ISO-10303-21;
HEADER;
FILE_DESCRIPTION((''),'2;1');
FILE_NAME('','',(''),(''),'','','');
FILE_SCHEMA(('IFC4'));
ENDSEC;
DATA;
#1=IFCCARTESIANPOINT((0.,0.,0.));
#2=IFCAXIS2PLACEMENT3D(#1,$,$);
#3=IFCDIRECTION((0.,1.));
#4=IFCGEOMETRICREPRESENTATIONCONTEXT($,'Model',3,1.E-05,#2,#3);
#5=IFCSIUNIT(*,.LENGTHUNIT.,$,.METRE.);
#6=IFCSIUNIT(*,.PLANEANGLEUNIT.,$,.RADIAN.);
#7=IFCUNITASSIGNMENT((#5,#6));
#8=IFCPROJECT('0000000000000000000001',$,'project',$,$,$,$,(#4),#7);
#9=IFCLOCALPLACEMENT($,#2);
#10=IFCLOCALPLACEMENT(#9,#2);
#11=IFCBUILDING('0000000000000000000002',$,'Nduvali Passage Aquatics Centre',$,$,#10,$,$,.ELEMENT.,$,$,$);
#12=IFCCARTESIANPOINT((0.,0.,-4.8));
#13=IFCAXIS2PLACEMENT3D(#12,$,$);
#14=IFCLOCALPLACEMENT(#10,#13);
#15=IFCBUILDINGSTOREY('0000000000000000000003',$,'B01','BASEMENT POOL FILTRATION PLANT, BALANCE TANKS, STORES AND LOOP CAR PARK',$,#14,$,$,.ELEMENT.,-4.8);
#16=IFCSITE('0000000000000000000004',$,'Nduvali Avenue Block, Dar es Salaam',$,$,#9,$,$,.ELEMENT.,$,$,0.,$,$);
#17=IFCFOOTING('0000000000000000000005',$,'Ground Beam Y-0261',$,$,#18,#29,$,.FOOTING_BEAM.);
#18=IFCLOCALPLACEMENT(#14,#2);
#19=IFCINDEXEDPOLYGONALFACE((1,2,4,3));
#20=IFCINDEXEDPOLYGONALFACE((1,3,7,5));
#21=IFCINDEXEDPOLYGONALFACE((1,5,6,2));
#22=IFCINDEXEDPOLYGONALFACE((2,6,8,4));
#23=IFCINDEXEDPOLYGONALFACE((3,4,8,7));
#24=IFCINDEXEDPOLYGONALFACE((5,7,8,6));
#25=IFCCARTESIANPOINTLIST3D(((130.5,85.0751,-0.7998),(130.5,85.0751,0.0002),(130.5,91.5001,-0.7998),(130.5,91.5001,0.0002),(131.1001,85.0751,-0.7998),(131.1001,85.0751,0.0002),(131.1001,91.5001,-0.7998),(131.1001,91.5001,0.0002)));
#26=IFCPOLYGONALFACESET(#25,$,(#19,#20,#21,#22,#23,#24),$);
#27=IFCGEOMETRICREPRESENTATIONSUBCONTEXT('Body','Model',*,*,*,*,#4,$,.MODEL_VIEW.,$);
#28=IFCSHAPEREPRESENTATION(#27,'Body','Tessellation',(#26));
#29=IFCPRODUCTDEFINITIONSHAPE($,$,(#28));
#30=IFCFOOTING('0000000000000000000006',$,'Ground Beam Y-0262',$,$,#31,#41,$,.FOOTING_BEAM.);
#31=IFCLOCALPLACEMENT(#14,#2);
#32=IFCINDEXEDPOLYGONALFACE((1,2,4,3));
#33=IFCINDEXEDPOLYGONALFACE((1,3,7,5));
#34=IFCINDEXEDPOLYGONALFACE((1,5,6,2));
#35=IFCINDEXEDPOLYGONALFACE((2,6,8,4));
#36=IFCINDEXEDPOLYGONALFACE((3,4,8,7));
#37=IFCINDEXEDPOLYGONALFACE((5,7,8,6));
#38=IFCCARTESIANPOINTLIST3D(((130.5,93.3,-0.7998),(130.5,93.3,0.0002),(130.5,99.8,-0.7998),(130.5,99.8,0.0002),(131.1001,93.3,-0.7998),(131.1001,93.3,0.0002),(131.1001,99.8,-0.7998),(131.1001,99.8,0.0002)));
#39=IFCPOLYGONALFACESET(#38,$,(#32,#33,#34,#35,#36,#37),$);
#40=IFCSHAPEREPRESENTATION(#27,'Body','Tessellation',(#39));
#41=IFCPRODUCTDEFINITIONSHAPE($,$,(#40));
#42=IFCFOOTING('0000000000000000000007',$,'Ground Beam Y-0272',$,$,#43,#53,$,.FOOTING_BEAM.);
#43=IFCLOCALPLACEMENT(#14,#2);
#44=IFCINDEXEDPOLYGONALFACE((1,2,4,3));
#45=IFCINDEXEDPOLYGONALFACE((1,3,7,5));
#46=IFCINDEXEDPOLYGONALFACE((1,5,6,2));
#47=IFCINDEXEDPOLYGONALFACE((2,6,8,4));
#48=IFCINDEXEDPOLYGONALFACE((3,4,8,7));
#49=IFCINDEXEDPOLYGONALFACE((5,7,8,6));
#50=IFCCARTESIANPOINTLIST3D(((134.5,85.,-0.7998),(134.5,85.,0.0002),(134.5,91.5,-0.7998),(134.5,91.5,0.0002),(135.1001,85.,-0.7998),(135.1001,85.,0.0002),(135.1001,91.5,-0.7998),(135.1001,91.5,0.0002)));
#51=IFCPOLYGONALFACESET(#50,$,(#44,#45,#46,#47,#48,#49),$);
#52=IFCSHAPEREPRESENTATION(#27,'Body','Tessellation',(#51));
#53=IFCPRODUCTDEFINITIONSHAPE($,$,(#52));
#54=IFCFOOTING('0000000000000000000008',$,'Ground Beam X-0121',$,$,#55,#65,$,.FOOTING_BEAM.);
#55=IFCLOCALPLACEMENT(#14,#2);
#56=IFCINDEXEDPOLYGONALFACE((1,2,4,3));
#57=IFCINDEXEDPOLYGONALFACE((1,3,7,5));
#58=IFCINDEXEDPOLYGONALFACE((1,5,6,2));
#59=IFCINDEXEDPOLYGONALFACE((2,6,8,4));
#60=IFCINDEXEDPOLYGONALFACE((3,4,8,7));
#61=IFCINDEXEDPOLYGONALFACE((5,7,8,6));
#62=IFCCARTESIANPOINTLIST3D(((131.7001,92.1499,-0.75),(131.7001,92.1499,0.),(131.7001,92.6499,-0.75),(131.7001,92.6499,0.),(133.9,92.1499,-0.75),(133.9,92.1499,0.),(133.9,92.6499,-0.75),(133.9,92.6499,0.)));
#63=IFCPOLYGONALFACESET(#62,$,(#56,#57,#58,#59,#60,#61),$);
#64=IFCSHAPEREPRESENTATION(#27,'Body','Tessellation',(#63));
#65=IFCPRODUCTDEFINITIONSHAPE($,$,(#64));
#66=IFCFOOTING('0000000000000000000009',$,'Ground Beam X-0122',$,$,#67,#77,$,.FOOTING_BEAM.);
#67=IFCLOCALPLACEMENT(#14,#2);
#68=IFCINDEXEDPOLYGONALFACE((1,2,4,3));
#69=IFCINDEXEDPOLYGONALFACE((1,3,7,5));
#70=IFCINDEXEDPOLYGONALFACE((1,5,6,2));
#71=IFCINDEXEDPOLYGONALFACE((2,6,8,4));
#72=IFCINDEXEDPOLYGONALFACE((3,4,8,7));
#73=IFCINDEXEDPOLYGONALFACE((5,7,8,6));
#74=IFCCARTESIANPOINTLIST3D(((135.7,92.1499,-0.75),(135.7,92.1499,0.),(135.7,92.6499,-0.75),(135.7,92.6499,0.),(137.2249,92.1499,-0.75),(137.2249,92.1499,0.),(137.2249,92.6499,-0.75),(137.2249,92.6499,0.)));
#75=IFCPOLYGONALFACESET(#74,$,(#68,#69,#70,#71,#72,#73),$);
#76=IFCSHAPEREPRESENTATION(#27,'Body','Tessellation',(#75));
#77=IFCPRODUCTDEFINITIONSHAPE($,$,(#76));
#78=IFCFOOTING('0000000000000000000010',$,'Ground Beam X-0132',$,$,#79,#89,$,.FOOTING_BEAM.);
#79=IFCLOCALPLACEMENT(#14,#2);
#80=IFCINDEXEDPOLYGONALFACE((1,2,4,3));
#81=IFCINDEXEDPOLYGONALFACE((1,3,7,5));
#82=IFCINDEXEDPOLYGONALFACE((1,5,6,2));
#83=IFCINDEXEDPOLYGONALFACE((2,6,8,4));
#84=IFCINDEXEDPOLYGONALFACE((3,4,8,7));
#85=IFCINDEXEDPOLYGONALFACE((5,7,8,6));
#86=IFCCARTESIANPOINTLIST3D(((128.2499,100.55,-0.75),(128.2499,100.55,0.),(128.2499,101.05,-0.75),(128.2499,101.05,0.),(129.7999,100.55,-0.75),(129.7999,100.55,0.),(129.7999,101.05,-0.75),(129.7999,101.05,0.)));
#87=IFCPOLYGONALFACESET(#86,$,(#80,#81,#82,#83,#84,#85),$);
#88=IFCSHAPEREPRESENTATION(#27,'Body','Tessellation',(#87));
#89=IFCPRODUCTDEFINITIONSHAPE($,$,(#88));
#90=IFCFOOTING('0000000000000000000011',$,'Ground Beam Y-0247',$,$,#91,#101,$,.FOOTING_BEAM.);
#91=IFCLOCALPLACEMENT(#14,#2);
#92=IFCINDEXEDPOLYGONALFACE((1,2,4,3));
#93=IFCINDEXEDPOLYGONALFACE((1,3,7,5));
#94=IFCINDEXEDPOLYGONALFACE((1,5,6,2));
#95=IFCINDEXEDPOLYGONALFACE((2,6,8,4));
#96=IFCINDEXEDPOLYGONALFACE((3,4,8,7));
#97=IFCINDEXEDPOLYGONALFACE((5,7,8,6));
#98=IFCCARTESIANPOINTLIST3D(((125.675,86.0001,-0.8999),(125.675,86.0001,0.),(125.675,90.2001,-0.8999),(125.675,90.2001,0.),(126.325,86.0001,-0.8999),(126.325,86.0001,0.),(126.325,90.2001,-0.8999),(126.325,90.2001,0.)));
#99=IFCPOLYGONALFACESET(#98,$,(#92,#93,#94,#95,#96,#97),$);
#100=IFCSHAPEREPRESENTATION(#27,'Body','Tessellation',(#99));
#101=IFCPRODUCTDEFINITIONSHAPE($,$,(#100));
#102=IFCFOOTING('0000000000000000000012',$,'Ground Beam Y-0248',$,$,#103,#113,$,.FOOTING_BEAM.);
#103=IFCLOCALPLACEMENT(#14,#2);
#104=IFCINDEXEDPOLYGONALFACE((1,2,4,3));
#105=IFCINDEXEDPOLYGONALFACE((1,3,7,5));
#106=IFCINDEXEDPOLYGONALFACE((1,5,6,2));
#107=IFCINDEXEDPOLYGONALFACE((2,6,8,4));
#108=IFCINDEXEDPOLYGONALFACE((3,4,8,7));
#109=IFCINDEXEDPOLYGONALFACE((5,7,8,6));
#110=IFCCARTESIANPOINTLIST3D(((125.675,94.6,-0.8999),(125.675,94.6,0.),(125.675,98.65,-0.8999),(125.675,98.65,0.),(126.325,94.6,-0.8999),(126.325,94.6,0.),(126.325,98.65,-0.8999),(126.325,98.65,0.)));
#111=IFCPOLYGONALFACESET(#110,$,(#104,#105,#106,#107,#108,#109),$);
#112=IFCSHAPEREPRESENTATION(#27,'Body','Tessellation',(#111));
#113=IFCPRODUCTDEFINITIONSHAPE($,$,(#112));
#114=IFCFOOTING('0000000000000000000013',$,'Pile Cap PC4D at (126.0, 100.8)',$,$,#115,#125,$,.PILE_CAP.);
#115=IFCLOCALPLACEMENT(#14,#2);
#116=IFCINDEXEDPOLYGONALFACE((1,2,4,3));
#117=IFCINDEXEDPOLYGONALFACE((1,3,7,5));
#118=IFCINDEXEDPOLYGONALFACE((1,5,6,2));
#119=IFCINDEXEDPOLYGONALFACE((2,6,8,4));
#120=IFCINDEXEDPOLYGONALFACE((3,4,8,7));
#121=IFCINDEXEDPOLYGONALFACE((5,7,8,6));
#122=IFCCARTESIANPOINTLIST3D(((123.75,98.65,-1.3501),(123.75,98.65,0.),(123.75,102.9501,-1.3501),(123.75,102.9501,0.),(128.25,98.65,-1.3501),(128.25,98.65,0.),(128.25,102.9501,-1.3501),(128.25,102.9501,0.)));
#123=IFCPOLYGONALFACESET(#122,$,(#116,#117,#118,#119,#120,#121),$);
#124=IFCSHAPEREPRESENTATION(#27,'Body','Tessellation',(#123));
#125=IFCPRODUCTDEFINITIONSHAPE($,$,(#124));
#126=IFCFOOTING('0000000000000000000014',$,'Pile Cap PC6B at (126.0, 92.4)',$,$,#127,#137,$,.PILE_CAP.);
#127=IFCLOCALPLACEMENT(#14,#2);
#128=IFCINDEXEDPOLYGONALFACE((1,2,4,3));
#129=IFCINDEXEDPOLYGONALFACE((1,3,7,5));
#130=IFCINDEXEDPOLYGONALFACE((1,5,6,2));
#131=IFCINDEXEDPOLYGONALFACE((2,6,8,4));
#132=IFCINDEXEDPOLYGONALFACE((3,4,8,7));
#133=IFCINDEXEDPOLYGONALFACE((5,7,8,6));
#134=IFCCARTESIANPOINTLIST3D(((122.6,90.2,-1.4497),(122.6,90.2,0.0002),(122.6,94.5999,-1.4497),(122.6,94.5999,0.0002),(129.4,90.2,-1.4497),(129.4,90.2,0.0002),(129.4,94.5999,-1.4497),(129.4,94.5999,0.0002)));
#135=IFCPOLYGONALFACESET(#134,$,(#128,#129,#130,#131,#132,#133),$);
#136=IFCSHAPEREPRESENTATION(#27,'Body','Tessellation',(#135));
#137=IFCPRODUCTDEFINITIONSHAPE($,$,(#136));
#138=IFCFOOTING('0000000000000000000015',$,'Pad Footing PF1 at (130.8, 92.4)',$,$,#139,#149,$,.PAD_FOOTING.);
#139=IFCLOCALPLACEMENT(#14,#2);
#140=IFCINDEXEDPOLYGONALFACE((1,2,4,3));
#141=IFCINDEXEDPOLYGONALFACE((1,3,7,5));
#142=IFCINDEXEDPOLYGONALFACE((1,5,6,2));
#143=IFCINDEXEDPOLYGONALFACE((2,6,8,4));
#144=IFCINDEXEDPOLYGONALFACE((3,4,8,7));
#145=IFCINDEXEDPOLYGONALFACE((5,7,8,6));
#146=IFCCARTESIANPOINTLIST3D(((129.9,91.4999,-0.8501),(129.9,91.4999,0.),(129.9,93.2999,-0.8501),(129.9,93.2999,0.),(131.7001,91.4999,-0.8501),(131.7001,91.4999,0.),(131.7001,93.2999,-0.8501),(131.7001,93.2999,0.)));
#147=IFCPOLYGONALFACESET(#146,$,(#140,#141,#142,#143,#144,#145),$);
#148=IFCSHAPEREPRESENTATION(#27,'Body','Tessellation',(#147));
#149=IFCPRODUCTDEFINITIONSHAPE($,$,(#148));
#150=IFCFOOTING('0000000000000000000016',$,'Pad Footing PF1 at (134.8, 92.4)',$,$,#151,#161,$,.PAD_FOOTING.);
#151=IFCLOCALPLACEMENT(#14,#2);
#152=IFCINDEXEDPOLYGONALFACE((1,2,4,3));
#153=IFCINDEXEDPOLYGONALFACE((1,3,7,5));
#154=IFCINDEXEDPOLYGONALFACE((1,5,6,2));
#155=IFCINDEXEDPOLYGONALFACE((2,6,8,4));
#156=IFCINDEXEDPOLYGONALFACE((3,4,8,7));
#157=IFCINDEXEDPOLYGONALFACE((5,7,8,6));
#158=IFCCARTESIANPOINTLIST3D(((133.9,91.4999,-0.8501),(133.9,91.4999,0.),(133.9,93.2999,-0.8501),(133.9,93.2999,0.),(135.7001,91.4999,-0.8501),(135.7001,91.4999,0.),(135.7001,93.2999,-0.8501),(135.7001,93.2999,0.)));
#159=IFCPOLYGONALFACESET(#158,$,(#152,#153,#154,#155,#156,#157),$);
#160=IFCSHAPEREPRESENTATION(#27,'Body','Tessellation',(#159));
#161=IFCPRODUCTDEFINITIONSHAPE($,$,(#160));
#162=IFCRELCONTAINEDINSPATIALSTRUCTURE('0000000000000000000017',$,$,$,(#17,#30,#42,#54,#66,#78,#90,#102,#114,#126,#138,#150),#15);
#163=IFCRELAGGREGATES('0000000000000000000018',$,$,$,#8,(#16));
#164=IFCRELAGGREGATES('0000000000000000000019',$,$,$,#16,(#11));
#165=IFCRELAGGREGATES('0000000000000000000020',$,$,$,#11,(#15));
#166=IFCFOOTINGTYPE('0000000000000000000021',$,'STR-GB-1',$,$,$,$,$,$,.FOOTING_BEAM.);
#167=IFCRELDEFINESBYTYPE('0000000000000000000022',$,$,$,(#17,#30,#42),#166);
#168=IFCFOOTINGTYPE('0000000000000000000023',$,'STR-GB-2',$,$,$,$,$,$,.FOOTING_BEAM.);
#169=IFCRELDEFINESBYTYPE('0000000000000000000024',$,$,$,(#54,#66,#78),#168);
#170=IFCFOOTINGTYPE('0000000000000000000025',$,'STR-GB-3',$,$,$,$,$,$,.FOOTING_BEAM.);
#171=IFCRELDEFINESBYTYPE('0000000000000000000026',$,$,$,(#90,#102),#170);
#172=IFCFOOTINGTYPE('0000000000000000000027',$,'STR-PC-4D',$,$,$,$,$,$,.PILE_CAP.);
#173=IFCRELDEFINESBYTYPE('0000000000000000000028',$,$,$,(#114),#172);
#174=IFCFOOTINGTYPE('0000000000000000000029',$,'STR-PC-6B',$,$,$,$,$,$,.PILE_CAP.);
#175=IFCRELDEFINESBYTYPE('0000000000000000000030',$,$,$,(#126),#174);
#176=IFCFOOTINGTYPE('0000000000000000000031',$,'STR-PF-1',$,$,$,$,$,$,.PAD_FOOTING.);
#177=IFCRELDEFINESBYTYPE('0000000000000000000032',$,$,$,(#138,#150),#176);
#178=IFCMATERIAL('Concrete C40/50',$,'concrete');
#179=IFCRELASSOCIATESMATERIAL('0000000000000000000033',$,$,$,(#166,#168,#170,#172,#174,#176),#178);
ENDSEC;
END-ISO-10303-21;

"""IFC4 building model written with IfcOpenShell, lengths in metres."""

from ifc_helpers import new_model, si_unit, direction, frame, origin, origin_2d, place, context, subcontext, project, spatial, rectangle, extrude, material, type_object, element, save


model = new_model("IFC4")

# Units and contexts
model_context = context("Model", 3, precision=1e-05, world=origin(), true_north=direction((0.0, 1.0)))
body_context = subcontext(model_context, "Body", "Model", "MODEL_VIEW")
ifc_project = project(units=[si_unit("LENGTHUNIT", "METRE"), si_unit("PLANEANGLEUNIT", "RADIAN")], contexts=[model_context])

# Site, building, storey
site_placement = place(None, origin())
site = spatial("IfcSite", under=ifc_project, at=site_placement, Name="Nduvali Avenue Block, Dar es Salaam", CompositionType="ELEMENT", RefElevation=0.0)
building_placement = place(site_placement, origin())
building = spatial("IfcBuilding", under=site, at=building_placement, Name="Nduvali Passage Aquatics Centre", CompositionType="ELEMENT")
storey_placement = place(building_placement, frame((0.0, 0.0, -4.8)))
storey = spatial("IfcBuildingStorey", under=building, at=storey_placement, Name="B01", Description="BASEMENT POOL FILTRATION PLANT, BALANCE TANKS, STORES AND LOOP CAR PARK", CompositionType="ELEMENT", Elevation=-4.8)

# Footings
ifc_material = material(Name="Concrete C40/50", Category="concrete")
footing_type_1 = type_object("IfcFootingType", Name="STR-GB-1", PredefinedType="FOOTING_BEAM", material=ifc_material)
footing_1_placement = place(storey_placement, frame((130.8, 88.2876, -0.7998), z_axis=(0.0, 0.0, 1.0), x_axis=(0.0, 1.0, 0.0)))
element("IfcFooting", 1, at=footing_1_placement, inside=storey, type_object=footing_type_1, Name="Ground Beam Y-0261", PredefinedType="FOOTING_BEAM", context=body_context, shape_type="SweptSolid", body=[
    extrude(rectangle(XDim=6.425, YDim=0.6001, at=origin_2d()), origin(), (0.0, 0.0, 1.0), 0.8),
])
for number, where, z_axis, x_axis, name in (
    (2, (130.8, 96.55, -0.7998), (0.0, 0.0, 1.0), (0.0, 1.0, 0.0), "Ground Beam Y-0262"),
    (3, (134.8, 88.25, -0.7998), (0.0, 0.0, 1.0), (0.0, 1.0, 0.0), "Ground Beam Y-0272"),
):
    element("IfcFooting", number, at=place(storey_placement, frame(where, z_axis=z_axis, x_axis=x_axis)), inside=storey, type_object=footing_type_1, Name=name, PredefinedType="FOOTING_BEAM", context=body_context, shape_type="SweptSolid", body=[
        extrude(rectangle(XDim=6.5, YDim=0.6001, at=origin_2d()), origin(), (0.0, 0.0, 1.0), 0.8),
    ])
footing_type_2 = type_object("IfcFootingType", Name="STR-GB-2", PredefinedType="FOOTING_BEAM", material=ifc_material)
footing_2_placement = place(storey_placement, frame((132.8, 92.3999, -0.75), z_axis=(0.0, 0.0, 1.0), x_axis=(1.0, 0.0, 0.0)))
element("IfcFooting", 4, at=footing_2_placement, inside=storey, type_object=footing_type_2, Name="Ground Beam X-0121", PredefinedType="FOOTING_BEAM", context=body_context, shape_type="SweptSolid", body=[
    extrude(rectangle(XDim=2.2, YDim=0.5, at=origin_2d()), origin(), (0.0, 0.0, 1.0), 0.75),
])
footing_3_placement = place(storey_placement, frame((136.4624, 92.3999, -0.75), z_axis=(0.0, 0.0, 1.0), x_axis=(1.0, 0.0, 0.0)))
element("IfcFooting", 5, at=footing_3_placement, inside=storey, type_object=footing_type_2, Name="Ground Beam X-0122", PredefinedType="FOOTING_BEAM", context=body_context, shape_type="SweptSolid", body=[
    extrude(rectangle(XDim=1.5249, YDim=0.5, at=origin_2d()), origin(), (0.0, 0.0, 1.0), 0.75),
])
footing_4_placement = place(storey_placement, frame((129.0249, 100.8, -0.75), z_axis=(0.0, 0.0, 1.0), x_axis=(1.0, 0.0, 0.0)))
element("IfcFooting", 6, at=footing_4_placement, inside=storey, type_object=footing_type_2, Name="Ground Beam X-0132", PredefinedType="FOOTING_BEAM", context=body_context, shape_type="SweptSolid", body=[
    extrude(rectangle(XDim=1.55, YDim=0.5, at=origin_2d()), origin(), (0.0, 0.0, 1.0), 0.75),
])
footing_type_3 = type_object("IfcFootingType", Name="STR-GB-3", PredefinedType="FOOTING_BEAM", material=ifc_material)
footing_5_placement = place(storey_placement, frame((126.0, 88.1001, -0.8999), z_axis=(0.0, 0.0, 1.0), x_axis=(0.0, 1.0, 0.0)))
element("IfcFooting", 7, at=footing_5_placement, inside=storey, type_object=footing_type_3, Name="Ground Beam Y-0247", PredefinedType="FOOTING_BEAM", context=body_context, shape_type="SweptSolid", body=[
    extrude(rectangle(XDim=4.2, YDim=0.6499, at=origin_2d()), origin(), (0.0, 0.0, 1.0), 0.8999),
])
footing_6_placement = place(storey_placement, frame((126.0, 96.625, -0.8999), z_axis=(0.0, 0.0, 1.0), x_axis=(0.0, 1.0, 0.0)))
element("IfcFooting", 8, at=footing_6_placement, inside=storey, type_object=footing_type_3, Name="Ground Beam Y-0248", PredefinedType="FOOTING_BEAM", context=body_context, shape_type="SweptSolid", body=[
    extrude(rectangle(XDim=4.05, YDim=0.6499, at=origin_2d()), origin(), (0.0, 0.0, 1.0), 0.8999),
])
footing_type_4 = type_object("IfcFootingType", Name="STR-PC-4D", PredefinedType="PILE_CAP", material=ifc_material)
footing_7_placement = place(storey_placement, frame((126.0, 100.8, -1.3501), z_axis=(0.0, 0.0, 1.0), x_axis=(1.0, 0.0, 0.0)))
element("IfcFooting", 9, at=footing_7_placement, inside=storey, type_object=footing_type_4, Name="Pile Cap PC4D at (126.0, 100.8)", PredefinedType="PILE_CAP", context=body_context, shape_type="SweptSolid", body=[
    extrude(rectangle(XDim=4.5, YDim=4.3, at=origin_2d()), origin(), (0.0, 0.0, 1.0), 1.3501),
])
footing_type_5 = type_object("IfcFootingType", Name="STR-PC-6B", PredefinedType="PILE_CAP", material=ifc_material)
footing_8_placement = place(storey_placement, frame((126.0, 92.3999, -1.4497), z_axis=(0.0, 0.0, 1.0), x_axis=(1.0, 0.0, 0.0)))
element("IfcFooting", 10, at=footing_8_placement, inside=storey, type_object=footing_type_5, Name="Pile Cap PC6B at (126.0, 92.4)", PredefinedType="PILE_CAP", context=body_context, shape_type="SweptSolid", body=[
    extrude(rectangle(XDim=6.8, YDim=4.3999, at=origin_2d()), origin(), (0.0, 0.0, 1.0), 1.45),
])
footing_type_6 = type_object("IfcFootingType", Name="STR-PF-1", PredefinedType="PAD_FOOTING", material=ifc_material)
for number, where, z_axis, x_axis, name in (
    (11, (130.8, 92.3999, -0.8501), (0.0, 0.0, 1.0), (1.0, 0.0, 0.0), "Pad Footing PF1 at (130.8, 92.4)"),
    (12, (134.8, 92.3999, -0.8501), (0.0, 0.0, 1.0), (1.0, 0.0, 0.0), "Pad Footing PF1 at (134.8, 92.4)"),
):
    element("IfcFooting", number, at=place(storey_placement, frame(where, z_axis=z_axis, x_axis=x_axis)), inside=storey, type_object=footing_type_6, Name=name, PredefinedType="PAD_FOOTING", context=body_context, shape_type="SweptSolid", body=[
        extrude(rectangle(XDim=1.8, YDim=1.8, at=origin_2d()), origin(), (0.0, 0.0, 1.0), 0.8501),
    ])

save(model, "model.ifc")
